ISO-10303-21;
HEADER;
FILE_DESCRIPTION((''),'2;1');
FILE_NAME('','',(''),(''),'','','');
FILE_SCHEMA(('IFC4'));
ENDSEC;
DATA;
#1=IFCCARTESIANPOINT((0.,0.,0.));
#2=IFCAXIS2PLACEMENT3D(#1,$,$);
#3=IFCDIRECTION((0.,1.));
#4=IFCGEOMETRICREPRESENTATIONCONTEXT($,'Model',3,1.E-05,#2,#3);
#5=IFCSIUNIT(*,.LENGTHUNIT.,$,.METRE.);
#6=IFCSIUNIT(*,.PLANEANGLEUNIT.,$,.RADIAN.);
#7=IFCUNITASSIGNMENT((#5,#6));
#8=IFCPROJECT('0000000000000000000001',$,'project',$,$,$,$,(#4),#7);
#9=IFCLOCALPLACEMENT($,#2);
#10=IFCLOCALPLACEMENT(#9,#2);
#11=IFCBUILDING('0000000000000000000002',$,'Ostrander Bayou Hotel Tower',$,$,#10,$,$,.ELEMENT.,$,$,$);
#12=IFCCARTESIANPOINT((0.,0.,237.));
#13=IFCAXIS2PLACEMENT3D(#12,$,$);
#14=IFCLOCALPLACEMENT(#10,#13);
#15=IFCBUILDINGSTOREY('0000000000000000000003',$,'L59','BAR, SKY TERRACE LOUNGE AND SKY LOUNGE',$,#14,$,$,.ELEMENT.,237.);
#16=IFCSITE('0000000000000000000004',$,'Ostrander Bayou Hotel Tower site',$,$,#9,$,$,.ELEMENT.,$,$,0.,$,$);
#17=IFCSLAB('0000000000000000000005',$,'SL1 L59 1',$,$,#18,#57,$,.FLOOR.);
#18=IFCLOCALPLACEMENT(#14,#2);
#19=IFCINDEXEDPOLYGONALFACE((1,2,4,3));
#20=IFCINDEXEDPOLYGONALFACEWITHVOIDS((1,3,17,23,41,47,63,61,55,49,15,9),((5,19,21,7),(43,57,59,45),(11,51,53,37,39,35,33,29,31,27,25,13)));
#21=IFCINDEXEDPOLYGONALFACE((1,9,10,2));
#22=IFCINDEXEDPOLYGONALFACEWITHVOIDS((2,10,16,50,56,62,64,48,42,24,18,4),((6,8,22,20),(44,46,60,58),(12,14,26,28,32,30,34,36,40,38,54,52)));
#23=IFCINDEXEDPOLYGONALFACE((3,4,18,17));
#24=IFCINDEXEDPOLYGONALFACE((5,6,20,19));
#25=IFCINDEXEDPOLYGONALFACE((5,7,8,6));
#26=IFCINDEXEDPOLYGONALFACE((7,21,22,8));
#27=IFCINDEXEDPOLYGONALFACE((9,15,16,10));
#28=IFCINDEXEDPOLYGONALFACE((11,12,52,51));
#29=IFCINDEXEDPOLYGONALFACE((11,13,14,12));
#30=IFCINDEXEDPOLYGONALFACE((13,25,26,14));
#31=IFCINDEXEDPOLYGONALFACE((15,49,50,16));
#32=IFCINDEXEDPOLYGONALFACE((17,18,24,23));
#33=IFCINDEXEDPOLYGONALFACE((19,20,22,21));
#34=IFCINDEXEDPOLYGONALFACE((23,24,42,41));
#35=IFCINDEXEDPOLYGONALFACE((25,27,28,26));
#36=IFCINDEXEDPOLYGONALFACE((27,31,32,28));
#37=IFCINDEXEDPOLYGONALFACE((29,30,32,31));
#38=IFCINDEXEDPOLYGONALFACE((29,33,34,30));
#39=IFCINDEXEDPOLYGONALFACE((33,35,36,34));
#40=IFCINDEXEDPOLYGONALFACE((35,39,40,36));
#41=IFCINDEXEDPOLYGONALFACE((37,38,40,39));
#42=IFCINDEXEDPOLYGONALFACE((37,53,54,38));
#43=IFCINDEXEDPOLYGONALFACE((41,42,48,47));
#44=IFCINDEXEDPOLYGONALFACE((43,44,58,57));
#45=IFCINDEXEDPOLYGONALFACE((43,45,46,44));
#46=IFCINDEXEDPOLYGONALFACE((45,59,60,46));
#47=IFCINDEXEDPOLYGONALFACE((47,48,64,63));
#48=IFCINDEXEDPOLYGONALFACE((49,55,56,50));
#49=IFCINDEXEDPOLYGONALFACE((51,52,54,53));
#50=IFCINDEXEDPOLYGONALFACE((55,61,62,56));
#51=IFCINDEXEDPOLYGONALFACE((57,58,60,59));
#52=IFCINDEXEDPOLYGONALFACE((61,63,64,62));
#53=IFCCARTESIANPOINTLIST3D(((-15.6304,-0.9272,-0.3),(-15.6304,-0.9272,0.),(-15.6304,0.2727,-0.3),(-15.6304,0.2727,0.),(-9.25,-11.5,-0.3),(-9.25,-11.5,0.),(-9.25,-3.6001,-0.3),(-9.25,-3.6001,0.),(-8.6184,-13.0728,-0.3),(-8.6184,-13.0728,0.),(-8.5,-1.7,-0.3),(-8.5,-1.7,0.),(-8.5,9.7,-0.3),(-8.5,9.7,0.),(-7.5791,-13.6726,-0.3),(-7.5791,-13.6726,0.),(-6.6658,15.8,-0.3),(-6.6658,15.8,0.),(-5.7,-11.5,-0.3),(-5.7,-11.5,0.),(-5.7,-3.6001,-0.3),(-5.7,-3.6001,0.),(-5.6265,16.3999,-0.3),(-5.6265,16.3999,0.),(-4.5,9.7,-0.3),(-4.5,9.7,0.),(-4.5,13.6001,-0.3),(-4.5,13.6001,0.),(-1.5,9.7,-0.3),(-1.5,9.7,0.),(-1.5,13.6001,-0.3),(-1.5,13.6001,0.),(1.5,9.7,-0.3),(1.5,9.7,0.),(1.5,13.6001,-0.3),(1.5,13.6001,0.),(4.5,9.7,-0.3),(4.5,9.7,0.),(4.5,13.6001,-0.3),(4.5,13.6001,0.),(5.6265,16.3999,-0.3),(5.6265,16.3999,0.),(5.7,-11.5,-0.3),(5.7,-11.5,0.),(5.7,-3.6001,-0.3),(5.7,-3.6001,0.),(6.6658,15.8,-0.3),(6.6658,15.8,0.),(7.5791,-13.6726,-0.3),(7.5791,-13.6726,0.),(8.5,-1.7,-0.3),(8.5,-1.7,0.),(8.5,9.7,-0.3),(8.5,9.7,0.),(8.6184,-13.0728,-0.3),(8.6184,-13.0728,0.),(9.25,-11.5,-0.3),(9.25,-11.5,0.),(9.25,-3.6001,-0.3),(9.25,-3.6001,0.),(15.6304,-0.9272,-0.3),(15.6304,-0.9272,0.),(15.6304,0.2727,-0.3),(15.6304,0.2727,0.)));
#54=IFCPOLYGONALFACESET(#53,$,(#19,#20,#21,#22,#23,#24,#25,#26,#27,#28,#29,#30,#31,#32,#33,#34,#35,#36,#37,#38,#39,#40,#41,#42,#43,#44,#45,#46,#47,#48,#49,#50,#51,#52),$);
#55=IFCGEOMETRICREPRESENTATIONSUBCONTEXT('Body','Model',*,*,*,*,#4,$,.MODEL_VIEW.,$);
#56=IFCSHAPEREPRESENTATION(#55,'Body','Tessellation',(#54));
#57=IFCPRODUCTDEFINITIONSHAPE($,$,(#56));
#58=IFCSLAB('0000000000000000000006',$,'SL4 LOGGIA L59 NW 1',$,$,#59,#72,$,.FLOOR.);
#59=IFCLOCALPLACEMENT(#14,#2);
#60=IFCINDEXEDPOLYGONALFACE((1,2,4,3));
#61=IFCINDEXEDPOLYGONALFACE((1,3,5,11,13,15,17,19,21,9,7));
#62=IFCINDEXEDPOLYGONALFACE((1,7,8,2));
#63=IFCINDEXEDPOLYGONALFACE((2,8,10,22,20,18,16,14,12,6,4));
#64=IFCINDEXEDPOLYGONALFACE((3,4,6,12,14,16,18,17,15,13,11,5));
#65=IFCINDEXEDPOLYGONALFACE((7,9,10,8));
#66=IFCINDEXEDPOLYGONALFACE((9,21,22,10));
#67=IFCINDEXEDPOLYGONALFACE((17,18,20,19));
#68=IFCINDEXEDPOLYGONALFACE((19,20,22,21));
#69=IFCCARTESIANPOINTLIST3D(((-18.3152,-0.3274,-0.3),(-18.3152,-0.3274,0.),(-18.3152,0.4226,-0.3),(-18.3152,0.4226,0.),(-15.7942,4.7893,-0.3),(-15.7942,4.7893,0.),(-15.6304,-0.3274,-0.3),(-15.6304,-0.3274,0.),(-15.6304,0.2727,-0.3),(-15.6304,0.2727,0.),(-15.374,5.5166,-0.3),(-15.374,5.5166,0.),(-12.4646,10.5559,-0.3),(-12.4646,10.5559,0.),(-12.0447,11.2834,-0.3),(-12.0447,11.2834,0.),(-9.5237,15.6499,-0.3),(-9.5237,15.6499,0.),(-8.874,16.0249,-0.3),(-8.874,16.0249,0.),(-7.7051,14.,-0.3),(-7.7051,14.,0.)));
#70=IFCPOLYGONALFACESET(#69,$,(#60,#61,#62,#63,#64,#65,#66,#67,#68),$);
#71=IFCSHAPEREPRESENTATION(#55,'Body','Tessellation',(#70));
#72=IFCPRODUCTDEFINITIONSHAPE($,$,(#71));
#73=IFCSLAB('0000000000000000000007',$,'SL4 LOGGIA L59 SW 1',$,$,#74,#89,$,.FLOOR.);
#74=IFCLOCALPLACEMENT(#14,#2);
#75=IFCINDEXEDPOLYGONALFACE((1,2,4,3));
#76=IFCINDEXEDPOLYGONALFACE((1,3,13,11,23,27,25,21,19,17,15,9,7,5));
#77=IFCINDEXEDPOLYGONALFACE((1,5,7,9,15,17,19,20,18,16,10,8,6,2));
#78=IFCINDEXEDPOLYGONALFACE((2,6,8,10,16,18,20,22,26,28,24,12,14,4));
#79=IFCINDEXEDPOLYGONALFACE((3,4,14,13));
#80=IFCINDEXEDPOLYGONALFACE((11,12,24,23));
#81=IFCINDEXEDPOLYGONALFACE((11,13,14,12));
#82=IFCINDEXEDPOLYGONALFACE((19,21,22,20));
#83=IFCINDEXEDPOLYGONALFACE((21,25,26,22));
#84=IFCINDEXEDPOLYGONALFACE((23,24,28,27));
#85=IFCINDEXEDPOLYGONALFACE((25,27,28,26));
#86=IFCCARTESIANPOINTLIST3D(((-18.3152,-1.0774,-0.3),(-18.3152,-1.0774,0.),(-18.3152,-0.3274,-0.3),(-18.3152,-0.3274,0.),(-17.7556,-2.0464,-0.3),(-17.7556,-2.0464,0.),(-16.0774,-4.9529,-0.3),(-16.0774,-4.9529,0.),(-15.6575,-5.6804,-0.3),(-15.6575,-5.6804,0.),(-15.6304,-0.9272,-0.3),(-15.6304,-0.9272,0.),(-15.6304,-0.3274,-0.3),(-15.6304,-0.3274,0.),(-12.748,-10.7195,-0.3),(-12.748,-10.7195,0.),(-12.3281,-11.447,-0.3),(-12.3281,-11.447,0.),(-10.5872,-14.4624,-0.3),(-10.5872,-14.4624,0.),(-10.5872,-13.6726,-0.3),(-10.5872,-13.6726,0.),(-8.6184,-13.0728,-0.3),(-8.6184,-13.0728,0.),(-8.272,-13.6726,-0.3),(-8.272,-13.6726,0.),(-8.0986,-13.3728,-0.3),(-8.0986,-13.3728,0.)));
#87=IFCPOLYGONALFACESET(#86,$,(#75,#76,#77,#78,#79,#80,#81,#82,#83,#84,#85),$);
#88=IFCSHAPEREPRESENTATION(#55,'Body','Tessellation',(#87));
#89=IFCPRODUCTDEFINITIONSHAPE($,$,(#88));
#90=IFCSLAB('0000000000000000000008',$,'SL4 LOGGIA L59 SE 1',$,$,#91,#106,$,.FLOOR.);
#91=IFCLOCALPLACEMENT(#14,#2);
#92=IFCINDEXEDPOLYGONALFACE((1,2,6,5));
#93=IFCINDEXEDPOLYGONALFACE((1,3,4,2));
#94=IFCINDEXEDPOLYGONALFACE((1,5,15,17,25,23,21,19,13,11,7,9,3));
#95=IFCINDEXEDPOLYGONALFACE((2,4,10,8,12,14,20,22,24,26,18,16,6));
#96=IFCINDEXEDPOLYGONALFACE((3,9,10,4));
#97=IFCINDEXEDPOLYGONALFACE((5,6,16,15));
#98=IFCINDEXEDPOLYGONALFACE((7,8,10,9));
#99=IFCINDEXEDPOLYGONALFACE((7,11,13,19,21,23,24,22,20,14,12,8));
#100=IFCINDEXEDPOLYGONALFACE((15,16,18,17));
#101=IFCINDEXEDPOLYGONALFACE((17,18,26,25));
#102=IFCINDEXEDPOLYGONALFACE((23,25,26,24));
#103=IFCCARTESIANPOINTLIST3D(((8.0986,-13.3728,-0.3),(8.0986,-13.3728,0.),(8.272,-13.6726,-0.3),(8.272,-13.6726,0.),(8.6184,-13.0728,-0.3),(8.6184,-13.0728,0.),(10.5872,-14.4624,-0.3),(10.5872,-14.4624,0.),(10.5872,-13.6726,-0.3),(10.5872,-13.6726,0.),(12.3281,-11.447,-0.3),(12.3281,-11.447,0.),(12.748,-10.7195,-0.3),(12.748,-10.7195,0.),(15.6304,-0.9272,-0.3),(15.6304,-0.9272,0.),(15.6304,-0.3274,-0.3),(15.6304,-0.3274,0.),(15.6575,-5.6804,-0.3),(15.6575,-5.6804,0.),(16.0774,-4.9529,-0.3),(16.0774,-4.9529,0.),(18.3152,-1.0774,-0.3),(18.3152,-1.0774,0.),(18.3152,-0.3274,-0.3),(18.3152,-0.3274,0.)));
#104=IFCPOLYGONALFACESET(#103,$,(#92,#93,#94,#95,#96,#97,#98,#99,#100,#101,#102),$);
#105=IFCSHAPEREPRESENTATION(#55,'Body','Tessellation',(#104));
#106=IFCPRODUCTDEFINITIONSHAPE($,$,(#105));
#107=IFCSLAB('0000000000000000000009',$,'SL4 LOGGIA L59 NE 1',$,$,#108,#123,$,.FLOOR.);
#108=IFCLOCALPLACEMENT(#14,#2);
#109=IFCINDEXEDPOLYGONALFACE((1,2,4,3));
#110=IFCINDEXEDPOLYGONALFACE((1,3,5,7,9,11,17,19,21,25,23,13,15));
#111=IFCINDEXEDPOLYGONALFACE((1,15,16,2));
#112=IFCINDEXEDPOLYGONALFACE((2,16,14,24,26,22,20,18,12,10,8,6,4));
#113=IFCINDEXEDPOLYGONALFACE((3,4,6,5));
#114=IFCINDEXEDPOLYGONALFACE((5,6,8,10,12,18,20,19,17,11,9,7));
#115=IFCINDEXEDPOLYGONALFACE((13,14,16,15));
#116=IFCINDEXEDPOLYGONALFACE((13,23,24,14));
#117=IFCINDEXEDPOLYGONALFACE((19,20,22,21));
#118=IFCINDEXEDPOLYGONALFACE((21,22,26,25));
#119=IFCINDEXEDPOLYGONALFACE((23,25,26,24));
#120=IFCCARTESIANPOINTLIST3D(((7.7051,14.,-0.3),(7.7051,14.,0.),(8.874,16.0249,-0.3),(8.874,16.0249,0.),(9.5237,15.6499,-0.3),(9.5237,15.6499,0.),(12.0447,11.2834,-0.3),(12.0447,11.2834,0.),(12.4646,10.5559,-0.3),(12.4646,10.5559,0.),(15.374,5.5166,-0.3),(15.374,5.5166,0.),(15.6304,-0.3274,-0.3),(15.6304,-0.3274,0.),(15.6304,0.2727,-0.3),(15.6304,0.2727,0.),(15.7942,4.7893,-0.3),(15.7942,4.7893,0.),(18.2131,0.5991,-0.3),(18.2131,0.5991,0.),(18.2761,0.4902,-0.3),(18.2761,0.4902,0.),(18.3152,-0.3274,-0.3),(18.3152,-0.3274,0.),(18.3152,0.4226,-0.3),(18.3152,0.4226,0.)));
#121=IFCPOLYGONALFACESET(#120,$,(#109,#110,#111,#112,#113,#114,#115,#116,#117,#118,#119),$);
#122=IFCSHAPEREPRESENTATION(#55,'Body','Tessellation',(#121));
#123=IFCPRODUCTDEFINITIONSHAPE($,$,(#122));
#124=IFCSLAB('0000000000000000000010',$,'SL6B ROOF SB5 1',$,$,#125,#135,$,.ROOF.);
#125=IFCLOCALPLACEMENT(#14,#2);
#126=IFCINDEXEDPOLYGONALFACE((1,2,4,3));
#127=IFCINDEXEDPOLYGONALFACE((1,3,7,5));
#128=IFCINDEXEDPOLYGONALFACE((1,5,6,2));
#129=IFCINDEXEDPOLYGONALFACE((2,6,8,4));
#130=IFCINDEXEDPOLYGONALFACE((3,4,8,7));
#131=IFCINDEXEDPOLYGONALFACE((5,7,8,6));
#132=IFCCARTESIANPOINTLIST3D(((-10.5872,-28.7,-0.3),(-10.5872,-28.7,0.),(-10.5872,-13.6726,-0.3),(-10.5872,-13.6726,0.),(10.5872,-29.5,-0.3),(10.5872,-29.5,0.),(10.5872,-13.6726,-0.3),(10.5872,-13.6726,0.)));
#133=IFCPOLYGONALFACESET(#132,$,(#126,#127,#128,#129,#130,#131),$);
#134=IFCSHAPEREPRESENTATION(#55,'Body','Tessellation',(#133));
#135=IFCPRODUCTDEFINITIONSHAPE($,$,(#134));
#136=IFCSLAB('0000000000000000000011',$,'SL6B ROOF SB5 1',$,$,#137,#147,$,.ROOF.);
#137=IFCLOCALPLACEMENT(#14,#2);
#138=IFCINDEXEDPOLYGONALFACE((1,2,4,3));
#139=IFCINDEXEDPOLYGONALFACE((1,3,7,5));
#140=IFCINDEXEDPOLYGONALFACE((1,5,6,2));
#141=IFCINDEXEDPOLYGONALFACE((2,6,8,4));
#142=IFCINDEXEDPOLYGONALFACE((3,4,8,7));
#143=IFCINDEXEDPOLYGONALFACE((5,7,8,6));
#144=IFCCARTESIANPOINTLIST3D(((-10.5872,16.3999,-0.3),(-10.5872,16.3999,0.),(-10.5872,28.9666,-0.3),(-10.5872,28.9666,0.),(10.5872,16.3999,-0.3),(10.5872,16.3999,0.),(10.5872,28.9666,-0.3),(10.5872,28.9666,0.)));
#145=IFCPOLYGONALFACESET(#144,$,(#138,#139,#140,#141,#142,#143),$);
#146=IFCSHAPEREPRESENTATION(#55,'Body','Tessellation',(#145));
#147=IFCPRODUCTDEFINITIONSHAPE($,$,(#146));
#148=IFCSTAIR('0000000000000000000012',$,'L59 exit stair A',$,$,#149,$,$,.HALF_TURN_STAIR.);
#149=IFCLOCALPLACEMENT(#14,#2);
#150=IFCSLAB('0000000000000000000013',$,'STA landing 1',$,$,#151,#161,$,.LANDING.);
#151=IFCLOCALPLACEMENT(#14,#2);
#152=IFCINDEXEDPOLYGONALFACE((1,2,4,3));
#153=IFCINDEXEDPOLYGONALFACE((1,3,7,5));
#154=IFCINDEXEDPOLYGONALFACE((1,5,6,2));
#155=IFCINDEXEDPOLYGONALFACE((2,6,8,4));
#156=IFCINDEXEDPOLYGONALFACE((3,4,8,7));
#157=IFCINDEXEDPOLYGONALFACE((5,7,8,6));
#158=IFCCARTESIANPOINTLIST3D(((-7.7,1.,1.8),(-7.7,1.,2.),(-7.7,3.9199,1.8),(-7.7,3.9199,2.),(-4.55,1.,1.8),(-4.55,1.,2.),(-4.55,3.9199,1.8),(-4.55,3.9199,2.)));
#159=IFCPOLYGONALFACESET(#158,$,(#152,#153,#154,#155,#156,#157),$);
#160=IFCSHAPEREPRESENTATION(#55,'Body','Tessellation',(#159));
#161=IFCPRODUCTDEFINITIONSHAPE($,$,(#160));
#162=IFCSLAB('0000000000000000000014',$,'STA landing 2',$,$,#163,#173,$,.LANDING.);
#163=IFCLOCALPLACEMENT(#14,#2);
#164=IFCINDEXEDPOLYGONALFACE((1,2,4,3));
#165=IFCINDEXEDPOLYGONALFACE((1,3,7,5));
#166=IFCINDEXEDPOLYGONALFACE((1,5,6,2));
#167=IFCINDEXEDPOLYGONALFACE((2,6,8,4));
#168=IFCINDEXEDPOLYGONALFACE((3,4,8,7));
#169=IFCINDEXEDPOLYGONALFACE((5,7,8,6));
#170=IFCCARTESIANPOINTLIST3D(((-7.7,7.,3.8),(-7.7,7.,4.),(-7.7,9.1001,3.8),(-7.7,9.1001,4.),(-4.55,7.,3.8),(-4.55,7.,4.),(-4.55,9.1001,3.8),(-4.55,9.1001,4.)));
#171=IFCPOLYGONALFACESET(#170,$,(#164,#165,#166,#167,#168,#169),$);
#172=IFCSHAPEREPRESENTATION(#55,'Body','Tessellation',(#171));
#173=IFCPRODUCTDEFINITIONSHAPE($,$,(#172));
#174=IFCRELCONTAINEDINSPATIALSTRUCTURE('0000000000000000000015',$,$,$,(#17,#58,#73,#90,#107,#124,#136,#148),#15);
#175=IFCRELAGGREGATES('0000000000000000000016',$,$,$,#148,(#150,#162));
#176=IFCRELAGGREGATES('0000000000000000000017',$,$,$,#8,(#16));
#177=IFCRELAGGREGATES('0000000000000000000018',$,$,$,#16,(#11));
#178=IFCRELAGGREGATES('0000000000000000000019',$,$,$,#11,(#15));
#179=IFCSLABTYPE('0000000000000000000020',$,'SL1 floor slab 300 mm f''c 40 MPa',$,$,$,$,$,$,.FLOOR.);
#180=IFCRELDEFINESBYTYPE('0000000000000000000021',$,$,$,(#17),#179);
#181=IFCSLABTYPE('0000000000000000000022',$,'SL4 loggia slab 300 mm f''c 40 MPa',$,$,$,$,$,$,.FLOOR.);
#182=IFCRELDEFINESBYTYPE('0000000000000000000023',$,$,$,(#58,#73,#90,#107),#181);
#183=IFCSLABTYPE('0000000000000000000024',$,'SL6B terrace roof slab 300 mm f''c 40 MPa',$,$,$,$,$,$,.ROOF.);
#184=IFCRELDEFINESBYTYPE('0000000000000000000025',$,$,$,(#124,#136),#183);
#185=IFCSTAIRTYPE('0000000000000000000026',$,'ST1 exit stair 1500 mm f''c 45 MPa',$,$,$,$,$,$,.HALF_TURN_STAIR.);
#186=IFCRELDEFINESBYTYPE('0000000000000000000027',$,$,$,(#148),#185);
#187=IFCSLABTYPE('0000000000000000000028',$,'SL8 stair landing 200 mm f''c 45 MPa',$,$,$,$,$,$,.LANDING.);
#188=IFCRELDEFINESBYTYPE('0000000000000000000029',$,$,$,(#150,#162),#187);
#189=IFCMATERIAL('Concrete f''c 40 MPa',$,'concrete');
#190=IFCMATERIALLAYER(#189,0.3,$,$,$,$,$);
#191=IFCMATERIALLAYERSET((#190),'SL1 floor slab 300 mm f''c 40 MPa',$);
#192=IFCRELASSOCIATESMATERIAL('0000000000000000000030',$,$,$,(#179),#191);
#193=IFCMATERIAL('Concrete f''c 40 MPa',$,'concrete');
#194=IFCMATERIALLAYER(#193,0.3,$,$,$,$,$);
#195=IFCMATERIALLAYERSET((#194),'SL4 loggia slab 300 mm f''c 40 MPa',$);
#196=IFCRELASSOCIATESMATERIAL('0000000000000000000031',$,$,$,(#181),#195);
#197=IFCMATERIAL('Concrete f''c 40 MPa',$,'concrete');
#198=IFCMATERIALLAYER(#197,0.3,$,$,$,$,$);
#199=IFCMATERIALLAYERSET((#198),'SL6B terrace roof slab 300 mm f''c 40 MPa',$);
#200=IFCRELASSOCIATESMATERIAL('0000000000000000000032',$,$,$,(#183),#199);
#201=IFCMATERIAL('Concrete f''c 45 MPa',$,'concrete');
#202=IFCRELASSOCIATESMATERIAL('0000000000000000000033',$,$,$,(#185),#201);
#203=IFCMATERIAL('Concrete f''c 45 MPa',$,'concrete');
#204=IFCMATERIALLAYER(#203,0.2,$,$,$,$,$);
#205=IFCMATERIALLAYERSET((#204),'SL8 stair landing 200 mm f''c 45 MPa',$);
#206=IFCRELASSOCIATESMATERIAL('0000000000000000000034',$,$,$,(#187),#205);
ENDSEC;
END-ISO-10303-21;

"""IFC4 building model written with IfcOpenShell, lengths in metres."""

from ifc_helpers import new_model, si_unit, direction, frame, origin, place, context, subcontext, project, spatial, polyline, outline, extrude, material, layer, layer_set, type_object, element, aggregate, save


model = new_model("IFC4")

# Units and contexts
model_context = context("Model", 3, precision=1e-05, world=origin(), true_north=direction((0.0, 1.0)))
body_context = subcontext(model_context, "Body", "Model", "MODEL_VIEW")
ifc_project = project(units=[si_unit("LENGTHUNIT", "METRE"), si_unit("PLANEANGLEUNIT", "RADIAN")], contexts=[model_context])

# Site, building, storey
site_placement = place(None, origin())
site = spatial("IfcSite", under=ifc_project, at=site_placement, Name="Ostrander Bayou Hotel Tower site", CompositionType="ELEMENT", RefElevation=0.0)
building_placement = place(site_placement, origin())
building = spatial("IfcBuilding", under=site, at=building_placement, Name="Ostrander Bayou Hotel Tower", CompositionType="ELEMENT")
storey_placement = place(building_placement, frame((0.0, 0.0, 237.0)))
storey = spatial("IfcBuildingStorey", under=building, at=storey_placement, Name="L59", Description="BAR, SKY TERRACE LOUNGE AND SKY LOUNGE", CompositionType="ELEMENT", Elevation=237.0)

# Slabs
ifc_material_1 = material(Name="Concrete f'c 40 MPa", Category="concrete")
ifc_layer_1 = layer(ifc_material_1, 0.3)
ifc_layer_set_1 = layer_set([ifc_layer_1], Name="SL1 floor slab 300 mm f'c 40 MPa")
slab_type_1 = type_object("IfcSlabType", Name="SL1 floor slab 300 mm f'c 40 MPa", PredefinedType="FLOOR", material=ifc_layer_set_1)
slab_1_placement = place(storey_placement, frame((0.0, 0.0, -0.3)))
element("IfcSlab", 1, at=slab_1_placement, inside=storey, type_object=slab_type_1, Name="SL1 L59 1", PredefinedType="FLOOR", context=body_context, shape_type="SweptSolid", body=[
    extrude(outline(polyline([(6.6658, 15.8), (15.6304, 0.2727), (15.6304, -0.9272), (8.6184, -13.0728), (7.5791, -13.6726), (-7.5791, -13.6726), (-8.6184, -13.0728), (-15.6304, -0.9272), (-15.6304, 0.2727), (-6.6658, 15.8), (-5.6265, 16.3999), (5.6265, 16.3999), (6.6658, 15.8)]), holes=[polyline([(9.25, -3.6001), (5.7, -3.6001), (5.7, -11.5), (9.25, -11.5), (9.25, -3.6001)]), polyline([(-8.5, -1.7), (8.5, -1.7), (8.5, 9.7), (4.5, 9.7), (4.5, 13.6001), (1.5, 13.6001), (1.5, 9.7), (-1.5, 9.7), (-1.5, 13.6001), (-4.5, 13.6001), (-4.5, 9.7), (-8.5, 9.7), (-8.5, -1.7)]), polyline([(-5.7, -3.6001), (-9.25, -3.6001), (-9.25, -11.5), (-5.7, -11.5), (-5.7, -3.6001)])]), origin(), (0.0, 0.0, 1.0), 0.3),
])
ifc_material_2 = material(Name="Concrete f'c 40 MPa", Category="concrete")
ifc_layer_2 = layer(ifc_material_2, 0.3)
ifc_layer_set_2 = layer_set([ifc_layer_2], Name="SL4 loggia slab 300 mm f'c 40 MPa")
slab_type_2 = type_object("IfcSlabType", Name="SL4 loggia slab 300 mm f'c 40 MPa", PredefinedType="FLOOR", material=ifc_layer_set_2)
slab_2_placement = place(storey_placement, frame((0.0, 0.0, -0.3)))
element("IfcSlab", 2, at=slab_2_placement, inside=storey, type_object=slab_type_2, Name="SL4 LOGGIA L59 NW 1", PredefinedType="FLOOR", context=body_context, shape_type="SweptSolid", body=[
    extrude(outline(polyline([(-18.3152, -0.3274), (-18.3152, 0.4226), (-15.7942, 4.7893), (-15.374, 5.5166), (-12.4646, 10.5559), (-12.0447, 11.2834), (-9.5237, 15.6499), (-8.874, 16.0249), (-7.7051, 14.0), (-15.6304, 0.2727), (-15.6304, -0.3274), (-18.3152, -0.3274)])), origin(), (0.0, 0.0, 1.0), 0.3),
])
slab_3_placement = place(storey_placement, frame((0.0, 0.0, -0.3)))
element("IfcSlab", 3, at=slab_3_placement, inside=storey, type_object=slab_type_2, Name="SL4 LOGGIA L59 SW 1", PredefinedType="FLOOR", context=body_context, shape_type="SweptSolid", body=[
    extrude(outline(polyline([(-8.0986, -13.3728), (-8.272, -13.6726), (-10.5872, -13.6726), (-10.5872, -14.4624), (-12.3281, -11.447), (-12.748, -10.7195), (-15.6575, -5.6804), (-16.0774, -4.9529), (-17.7556, -2.0464), (-18.3152, -1.0774), (-18.3152, -0.3274), (-15.6304, -0.3274), (-15.6304, -0.9272), (-8.6184, -13.0728), (-8.0986, -13.3728)])), origin(), (0.0, 0.0, 1.0), 0.3),
])
slab_4_placement = place(storey_placement, frame((0.0, 0.0, -0.3)))
element("IfcSlab", 4, at=slab_4_placement, inside=storey, type_object=slab_type_2, Name="SL4 LOGGIA L59 SE 1", PredefinedType="FLOOR", context=body_context, shape_type="SweptSolid", body=[
    extrude(outline(polyline([(18.3152, -1.0774), (16.0774, -4.9529), (15.6575, -5.6804), (12.748, -10.7195), (12.3281, -11.447), (10.5872, -14.4624), (10.5872, -13.6726), (8.272, -13.6726), (8.0986, -13.3728), (8.6184, -13.0728), (15.6304, -0.9272), (15.6304, -0.3274), (18.3152, -0.3274), (18.3152, -1.0774)])), origin(), (0.0, 0.0, 1.0), 0.3),
])
slab_5_placement = place(storey_placement, frame((0.0, 0.0, -0.3)))
element("IfcSlab", 5, at=slab_5_placement, inside=storey, type_object=slab_type_2, Name="SL4 LOGGIA L59 NE 1", PredefinedType="FLOOR", context=body_context, shape_type="SweptSolid", body=[
    extrude(outline(polyline([(8.874, 16.0249), (9.5237, 15.6499), (12.0447, 11.2834), (12.4646, 10.5559), (15.374, 5.5166), (15.7942, 4.7893), (18.2131, 0.5991), (18.2761, 0.4902), (18.3152, 0.4226), (18.3152, -0.3274), (15.6304, -0.3274), (15.6304, 0.2727), (7.7051, 14.0), (8.874, 16.0249)])), origin(), (0.0, 0.0, 1.0), 0.3),
])
ifc_material_3 = material(Name="Concrete f'c 40 MPa", Category="concrete")
ifc_layer_3 = layer(ifc_material_3, 0.3)
ifc_layer_set_3 = layer_set([ifc_layer_3], Name="SL6B terrace roof slab 300 mm f'c 40 MPa")
slab_type_3 = type_object("IfcSlabType", Name="SL6B terrace roof slab 300 mm f'c 40 MPa", PredefinedType="ROOF", material=ifc_layer_set_3)
slab_6_placement = place(storey_placement, frame((0.0, 0.0, -0.3)))
element("IfcSlab", 6, at=slab_6_placement, inside=storey, type_object=slab_type_3, Name="SL6B ROOF SB5 1", PredefinedType="ROOF", context=body_context, shape_type="SweptSolid", body=[
    extrude(outline(polyline([(-10.5872, -13.6726), (10.5872, -13.6726), (10.5872, -29.5), (-10.5872, -28.7), (-10.5872, -13.6726)])), origin(), (0.0, 0.0, 1.0), 0.3),
])
slab_7_placement = place(storey_placement, frame((0.0, 0.0, -0.3)))
element("IfcSlab", 7, at=slab_7_placement, inside=storey, type_object=slab_type_3, Name="SL6B ROOF SB5 1", PredefinedType="ROOF", context=body_context, shape_type="SweptSolid", body=[
    extrude(outline(polyline([(-10.5872, 28.9666), (10.5872, 28.9666), (10.5872, 16.3999), (-10.5872, 16.3999), (-10.5872, 28.9666)])), origin(), (0.0, 0.0, 1.0), 0.3),
])

# Stair, slabs
ifc_material_4 = material(Name="Concrete f'c 45 MPa", Category="concrete")
stair_type = type_object("IfcStairType", Name="ST1 exit stair 1500 mm f'c 45 MPa", PredefinedType="HALF_TURN_STAIR", material=ifc_material_4)
stair_1_placement = place(storey_placement, origin())
stair_1 = element("IfcStair", 8, at=stair_1_placement, inside=storey, type_object=stair_type, Name="L59 exit stair A", PredefinedType="HALF_TURN_STAIR")
ifc_material_5 = material(Name="Concrete f'c 45 MPa", Category="concrete")
ifc_layer_4 = layer(ifc_material_5, 0.2)
ifc_layer_set_4 = layer_set([ifc_layer_4], Name="SL8 stair landing 200 mm f'c 45 MPa")
slab_type_4 = type_object("IfcSlabType", Name="SL8 stair landing 200 mm f'c 45 MPa", PredefinedType="LANDING", material=ifc_layer_set_4)
slab_8_placement = place(storey_placement, frame((0.0, 0.0, 1.8)))
slab_8 = element("IfcSlab", 9, at=slab_8_placement, type_object=slab_type_4, Name="STA landing 1", PredefinedType="LANDING", context=body_context, shape_type="SweptSolid", body=[
    extrude(outline(polyline([(-7.7, 3.9199), (-7.7, 1.0), (-4.55, 1.0), (-4.55, 3.9199), (-7.7, 3.9199)])), origin(), (0.0, 0.0, 1.0), 0.2),
])
slab_9_placement = place(storey_placement, frame((0.0, 0.0, 3.8)))
slab_9 = element("IfcSlab", 10, at=slab_9_placement, type_object=slab_type_4, Name="STA landing 2", PredefinedType="LANDING", context=body_context, shape_type="SweptSolid", body=[
    extrude(outline(polyline([(-7.7, 9.1001), (-7.7, 7.0), (-4.55, 7.0), (-4.55, 9.1001), (-7.7, 9.1001)])), origin(), (0.0, 0.0, 1.0), 0.2),
])
aggregate(stair_1, [slab_8, slab_9])

save(model, "model.ifc")
